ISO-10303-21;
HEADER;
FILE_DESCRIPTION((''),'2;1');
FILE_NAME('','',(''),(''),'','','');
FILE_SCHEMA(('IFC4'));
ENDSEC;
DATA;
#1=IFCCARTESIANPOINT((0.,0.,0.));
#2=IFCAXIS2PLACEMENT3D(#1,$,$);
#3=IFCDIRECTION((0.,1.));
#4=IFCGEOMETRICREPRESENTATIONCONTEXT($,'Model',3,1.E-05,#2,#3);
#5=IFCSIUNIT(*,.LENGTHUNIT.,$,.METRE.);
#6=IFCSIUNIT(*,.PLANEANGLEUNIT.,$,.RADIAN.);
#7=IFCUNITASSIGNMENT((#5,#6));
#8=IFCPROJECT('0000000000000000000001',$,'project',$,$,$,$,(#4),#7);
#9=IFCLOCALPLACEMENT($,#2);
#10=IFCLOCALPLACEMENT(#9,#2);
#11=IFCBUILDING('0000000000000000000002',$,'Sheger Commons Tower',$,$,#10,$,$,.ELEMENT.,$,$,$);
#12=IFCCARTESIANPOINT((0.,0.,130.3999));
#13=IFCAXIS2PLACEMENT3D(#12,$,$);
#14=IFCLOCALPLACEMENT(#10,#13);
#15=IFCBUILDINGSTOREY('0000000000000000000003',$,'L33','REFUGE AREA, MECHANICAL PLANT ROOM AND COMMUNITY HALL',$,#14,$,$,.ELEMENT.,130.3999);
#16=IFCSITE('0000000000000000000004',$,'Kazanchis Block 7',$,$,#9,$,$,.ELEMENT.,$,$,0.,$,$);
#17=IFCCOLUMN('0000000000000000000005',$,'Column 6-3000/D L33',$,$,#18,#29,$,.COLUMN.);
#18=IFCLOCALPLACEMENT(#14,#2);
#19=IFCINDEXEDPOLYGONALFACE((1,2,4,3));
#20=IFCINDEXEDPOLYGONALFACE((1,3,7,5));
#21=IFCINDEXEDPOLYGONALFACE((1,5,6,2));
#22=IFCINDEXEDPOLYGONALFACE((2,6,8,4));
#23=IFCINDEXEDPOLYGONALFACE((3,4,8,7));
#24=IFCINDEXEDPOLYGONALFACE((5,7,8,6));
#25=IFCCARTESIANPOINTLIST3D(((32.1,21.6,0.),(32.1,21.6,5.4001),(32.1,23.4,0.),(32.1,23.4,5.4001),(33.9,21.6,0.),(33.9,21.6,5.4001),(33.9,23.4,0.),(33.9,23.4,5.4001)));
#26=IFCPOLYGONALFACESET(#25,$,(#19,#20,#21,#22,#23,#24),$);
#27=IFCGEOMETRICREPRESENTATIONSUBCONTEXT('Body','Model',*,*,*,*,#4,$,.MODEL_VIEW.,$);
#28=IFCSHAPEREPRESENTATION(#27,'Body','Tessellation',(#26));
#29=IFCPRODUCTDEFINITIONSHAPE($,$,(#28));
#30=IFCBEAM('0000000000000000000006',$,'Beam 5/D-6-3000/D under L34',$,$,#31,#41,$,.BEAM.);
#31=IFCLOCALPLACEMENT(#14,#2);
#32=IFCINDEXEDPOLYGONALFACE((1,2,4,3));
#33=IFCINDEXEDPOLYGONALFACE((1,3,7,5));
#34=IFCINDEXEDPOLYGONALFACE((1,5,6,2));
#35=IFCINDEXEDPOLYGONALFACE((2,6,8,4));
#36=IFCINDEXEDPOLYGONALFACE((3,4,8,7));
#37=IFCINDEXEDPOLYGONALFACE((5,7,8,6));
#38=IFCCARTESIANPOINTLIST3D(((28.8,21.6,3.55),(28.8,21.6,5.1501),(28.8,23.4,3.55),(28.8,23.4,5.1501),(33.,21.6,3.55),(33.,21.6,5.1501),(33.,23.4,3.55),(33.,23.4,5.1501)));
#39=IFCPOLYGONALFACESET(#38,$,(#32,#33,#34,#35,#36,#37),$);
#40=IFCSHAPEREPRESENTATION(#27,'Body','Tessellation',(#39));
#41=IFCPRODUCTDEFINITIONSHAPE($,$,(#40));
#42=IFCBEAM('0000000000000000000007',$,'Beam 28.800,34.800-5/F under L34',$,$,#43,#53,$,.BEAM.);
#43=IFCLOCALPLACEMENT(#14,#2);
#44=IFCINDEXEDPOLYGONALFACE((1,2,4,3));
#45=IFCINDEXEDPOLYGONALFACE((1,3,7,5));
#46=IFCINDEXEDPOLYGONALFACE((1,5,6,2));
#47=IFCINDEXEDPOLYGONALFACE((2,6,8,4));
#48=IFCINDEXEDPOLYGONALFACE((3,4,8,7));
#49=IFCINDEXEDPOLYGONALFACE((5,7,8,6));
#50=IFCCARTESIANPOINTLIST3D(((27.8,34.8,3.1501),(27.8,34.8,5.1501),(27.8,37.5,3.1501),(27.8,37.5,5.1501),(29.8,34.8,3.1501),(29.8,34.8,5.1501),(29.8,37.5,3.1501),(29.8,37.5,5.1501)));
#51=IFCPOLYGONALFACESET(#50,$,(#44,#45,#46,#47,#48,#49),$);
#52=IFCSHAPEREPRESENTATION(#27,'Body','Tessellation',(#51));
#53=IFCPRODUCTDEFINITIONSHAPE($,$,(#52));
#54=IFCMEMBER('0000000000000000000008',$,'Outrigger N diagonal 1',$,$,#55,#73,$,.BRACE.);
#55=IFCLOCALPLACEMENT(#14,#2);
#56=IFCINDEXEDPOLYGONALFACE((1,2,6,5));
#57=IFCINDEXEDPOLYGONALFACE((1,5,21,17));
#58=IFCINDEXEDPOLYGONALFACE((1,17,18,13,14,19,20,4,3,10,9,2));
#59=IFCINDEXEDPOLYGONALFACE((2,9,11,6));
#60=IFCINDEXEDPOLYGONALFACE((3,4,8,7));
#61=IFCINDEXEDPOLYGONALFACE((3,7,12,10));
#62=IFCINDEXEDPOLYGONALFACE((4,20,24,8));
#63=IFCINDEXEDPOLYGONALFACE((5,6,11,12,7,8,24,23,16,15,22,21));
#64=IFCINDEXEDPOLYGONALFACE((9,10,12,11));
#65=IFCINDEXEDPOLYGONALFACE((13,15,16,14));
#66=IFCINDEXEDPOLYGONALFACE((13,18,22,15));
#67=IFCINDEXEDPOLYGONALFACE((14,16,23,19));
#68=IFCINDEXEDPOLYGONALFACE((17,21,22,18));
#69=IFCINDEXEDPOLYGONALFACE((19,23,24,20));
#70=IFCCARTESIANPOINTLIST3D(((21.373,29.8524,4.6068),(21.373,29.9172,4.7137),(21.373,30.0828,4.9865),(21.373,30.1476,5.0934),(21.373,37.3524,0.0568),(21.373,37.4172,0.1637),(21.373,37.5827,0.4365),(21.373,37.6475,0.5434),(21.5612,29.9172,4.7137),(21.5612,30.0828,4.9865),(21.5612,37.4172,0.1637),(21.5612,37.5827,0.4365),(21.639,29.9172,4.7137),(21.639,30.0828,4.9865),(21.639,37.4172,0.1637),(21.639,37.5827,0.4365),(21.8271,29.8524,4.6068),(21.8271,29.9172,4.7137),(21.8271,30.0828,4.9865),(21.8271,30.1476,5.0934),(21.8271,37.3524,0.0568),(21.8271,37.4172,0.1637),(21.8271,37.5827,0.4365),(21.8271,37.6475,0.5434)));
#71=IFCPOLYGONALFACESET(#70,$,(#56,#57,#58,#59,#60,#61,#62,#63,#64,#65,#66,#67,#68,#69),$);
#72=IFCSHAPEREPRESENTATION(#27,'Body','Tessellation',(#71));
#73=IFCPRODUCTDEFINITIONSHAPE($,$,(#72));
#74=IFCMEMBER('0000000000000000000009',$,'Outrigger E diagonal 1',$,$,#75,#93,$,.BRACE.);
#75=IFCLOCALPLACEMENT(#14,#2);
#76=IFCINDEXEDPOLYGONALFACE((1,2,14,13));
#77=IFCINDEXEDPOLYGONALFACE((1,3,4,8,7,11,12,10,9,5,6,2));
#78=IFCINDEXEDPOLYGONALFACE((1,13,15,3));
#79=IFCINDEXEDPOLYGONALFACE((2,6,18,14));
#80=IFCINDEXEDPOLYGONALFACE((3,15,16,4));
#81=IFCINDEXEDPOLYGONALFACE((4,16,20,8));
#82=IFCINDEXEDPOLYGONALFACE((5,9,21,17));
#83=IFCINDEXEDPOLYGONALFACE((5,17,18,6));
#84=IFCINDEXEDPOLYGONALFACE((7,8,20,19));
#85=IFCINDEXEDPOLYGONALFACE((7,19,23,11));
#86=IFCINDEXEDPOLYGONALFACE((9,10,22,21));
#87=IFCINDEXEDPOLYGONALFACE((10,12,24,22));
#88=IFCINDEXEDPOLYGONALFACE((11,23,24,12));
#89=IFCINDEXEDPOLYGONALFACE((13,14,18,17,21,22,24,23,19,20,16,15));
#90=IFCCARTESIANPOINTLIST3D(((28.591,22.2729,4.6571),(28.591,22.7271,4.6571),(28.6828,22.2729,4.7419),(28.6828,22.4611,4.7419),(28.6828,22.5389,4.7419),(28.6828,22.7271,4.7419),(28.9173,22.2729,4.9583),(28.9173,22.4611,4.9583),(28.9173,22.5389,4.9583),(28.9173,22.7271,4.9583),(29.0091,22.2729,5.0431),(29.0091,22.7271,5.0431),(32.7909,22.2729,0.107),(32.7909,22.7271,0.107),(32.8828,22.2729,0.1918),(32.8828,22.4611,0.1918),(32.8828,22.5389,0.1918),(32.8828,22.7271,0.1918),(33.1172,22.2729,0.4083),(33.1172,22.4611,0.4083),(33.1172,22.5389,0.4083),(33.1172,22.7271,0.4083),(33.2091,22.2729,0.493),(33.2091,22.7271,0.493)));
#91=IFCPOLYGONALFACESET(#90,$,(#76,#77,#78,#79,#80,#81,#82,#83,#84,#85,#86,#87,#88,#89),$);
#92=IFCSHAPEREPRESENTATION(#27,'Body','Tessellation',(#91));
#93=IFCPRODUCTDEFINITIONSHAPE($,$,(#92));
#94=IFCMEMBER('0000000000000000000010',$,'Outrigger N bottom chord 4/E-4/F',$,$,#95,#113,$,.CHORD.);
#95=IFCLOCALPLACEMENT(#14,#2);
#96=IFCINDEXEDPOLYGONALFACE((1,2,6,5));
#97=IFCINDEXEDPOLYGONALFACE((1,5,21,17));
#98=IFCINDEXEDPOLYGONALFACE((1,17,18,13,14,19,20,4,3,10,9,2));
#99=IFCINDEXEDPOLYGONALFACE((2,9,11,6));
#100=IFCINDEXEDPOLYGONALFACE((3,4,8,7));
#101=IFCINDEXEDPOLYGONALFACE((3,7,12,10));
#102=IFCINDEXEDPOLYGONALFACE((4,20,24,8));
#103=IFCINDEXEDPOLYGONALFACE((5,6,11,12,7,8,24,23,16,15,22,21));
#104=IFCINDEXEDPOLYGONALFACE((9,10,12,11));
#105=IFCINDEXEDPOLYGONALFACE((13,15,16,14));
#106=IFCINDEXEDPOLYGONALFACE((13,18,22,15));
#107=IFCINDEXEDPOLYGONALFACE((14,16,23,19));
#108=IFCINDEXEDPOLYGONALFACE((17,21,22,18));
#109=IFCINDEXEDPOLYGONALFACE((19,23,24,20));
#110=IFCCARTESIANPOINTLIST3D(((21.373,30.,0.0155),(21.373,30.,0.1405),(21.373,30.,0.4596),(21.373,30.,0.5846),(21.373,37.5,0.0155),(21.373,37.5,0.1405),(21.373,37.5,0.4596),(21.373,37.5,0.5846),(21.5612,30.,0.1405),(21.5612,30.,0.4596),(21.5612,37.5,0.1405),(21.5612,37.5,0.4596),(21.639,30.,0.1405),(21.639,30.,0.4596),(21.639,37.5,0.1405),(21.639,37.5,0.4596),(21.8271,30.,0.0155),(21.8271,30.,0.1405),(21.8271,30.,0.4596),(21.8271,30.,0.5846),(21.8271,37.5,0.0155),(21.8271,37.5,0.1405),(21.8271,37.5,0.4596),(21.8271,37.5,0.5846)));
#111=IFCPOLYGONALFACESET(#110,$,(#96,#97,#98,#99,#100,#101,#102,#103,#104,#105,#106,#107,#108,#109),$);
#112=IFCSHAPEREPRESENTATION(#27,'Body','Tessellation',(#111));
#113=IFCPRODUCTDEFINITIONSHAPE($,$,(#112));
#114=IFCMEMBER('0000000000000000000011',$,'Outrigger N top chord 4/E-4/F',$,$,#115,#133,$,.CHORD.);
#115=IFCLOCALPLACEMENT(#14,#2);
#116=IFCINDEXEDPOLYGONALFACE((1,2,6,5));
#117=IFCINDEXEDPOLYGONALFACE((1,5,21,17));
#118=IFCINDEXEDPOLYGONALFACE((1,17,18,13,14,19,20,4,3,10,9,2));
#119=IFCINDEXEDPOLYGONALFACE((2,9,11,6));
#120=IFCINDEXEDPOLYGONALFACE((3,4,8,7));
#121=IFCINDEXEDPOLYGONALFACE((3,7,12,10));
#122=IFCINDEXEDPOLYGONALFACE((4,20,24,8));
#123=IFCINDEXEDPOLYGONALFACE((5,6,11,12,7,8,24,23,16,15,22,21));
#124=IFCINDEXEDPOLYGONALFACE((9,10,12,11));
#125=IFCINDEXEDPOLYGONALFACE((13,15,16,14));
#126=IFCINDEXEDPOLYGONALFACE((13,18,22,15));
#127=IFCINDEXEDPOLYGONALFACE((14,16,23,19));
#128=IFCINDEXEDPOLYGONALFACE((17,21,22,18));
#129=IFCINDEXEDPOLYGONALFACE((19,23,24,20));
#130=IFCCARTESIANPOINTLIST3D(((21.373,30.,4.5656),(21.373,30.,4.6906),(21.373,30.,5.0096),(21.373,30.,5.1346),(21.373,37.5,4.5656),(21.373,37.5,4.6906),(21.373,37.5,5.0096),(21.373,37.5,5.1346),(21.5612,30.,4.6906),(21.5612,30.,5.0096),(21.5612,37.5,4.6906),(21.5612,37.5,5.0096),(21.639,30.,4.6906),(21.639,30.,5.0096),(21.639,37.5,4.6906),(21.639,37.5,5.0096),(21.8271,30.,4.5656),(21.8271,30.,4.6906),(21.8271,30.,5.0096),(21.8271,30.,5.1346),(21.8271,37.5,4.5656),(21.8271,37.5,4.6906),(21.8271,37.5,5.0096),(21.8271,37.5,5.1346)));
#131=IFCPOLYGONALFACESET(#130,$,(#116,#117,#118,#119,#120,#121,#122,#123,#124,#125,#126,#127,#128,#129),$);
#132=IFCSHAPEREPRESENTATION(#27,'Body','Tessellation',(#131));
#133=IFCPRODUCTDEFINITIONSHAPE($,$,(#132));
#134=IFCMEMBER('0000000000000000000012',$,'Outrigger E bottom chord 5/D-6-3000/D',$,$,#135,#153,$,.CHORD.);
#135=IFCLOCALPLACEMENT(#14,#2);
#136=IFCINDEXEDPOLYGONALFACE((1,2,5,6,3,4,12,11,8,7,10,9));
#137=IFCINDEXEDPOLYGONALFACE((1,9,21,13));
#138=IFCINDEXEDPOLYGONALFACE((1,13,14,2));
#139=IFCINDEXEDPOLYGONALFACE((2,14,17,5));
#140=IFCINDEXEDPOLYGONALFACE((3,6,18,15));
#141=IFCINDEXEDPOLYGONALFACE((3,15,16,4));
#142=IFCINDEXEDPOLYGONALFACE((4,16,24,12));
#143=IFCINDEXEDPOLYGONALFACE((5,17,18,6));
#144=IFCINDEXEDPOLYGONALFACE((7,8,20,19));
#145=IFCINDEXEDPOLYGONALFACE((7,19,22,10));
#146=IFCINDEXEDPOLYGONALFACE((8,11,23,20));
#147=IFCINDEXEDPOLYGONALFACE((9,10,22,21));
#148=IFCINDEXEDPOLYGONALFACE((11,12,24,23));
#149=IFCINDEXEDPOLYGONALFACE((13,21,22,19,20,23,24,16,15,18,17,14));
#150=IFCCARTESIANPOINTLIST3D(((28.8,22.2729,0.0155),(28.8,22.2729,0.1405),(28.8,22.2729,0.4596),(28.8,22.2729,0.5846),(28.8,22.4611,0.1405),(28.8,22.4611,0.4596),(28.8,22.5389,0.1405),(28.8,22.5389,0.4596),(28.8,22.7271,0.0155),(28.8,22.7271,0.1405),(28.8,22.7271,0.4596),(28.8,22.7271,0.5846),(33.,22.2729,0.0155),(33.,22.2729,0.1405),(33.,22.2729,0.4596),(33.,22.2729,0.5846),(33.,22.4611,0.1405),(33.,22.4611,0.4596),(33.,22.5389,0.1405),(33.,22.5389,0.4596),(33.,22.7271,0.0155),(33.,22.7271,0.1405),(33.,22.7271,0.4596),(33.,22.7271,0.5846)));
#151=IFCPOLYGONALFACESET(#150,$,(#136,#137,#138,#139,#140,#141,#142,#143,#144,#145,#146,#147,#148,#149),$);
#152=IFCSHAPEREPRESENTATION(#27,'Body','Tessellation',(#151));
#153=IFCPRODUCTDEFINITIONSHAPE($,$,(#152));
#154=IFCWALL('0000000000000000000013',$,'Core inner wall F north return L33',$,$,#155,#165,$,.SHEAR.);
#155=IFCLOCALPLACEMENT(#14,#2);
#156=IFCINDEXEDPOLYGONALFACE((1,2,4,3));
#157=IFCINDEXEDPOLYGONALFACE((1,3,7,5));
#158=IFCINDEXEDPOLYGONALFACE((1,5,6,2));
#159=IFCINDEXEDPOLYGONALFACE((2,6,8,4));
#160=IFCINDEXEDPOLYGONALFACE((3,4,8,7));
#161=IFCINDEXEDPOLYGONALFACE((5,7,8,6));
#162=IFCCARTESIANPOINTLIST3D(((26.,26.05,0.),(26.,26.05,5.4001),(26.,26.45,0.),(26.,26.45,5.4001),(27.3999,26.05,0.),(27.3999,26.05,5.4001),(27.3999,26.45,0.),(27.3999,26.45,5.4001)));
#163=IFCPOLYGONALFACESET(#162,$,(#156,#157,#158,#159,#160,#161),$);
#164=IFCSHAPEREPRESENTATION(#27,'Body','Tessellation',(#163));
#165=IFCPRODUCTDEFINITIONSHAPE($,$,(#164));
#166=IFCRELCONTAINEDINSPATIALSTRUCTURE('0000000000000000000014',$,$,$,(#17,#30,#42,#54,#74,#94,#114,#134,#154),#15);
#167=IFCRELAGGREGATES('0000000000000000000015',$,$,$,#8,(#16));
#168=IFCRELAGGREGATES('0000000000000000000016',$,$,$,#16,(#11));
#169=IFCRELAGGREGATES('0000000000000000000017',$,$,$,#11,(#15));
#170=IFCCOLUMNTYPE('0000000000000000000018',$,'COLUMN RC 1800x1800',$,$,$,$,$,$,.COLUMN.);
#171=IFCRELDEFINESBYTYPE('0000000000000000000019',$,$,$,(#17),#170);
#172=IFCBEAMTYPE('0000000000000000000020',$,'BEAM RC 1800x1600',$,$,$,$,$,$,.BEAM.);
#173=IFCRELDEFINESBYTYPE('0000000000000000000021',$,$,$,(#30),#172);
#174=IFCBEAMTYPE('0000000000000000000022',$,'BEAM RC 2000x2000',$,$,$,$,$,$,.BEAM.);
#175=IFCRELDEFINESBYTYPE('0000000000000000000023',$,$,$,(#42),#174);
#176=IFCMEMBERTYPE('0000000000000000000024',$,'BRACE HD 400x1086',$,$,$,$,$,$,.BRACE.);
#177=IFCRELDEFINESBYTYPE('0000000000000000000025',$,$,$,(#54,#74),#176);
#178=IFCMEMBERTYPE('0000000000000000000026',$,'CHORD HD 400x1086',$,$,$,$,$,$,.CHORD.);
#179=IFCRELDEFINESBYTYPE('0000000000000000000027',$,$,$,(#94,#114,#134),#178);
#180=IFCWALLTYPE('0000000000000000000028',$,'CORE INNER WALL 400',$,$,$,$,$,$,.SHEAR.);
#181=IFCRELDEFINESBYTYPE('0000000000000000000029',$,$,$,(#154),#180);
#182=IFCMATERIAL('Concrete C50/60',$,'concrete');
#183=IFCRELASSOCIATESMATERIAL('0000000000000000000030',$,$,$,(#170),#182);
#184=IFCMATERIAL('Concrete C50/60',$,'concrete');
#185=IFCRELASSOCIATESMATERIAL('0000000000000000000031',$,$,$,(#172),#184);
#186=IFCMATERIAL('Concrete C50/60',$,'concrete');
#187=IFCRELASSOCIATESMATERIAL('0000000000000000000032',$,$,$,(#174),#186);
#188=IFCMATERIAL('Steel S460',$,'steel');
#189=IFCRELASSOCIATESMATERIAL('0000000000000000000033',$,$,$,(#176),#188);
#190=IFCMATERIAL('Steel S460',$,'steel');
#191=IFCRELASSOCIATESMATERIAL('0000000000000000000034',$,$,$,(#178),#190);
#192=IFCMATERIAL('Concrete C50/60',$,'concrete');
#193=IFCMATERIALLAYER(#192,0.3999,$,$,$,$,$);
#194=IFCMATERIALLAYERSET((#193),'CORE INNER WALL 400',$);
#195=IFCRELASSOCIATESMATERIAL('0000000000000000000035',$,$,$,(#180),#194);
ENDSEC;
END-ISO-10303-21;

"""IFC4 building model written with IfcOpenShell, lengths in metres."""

from ifc_helpers import new_model, si_unit, direction, frame, frame_2d, origin, origin_2d, place, context, subcontext, project, spatial, rectangle, i_section, extrude, material, layer, layer_set, material_profile, profile_set, type_object, element, save


model = new_model("IFC4")

# Units and contexts
model_context = context("Model", 3, precision=1e-05, world=origin(), true_north=direction((0.0, 1.0)))
body_context = subcontext(model_context, "Body", "Model", "MODEL_VIEW")
ifc_project = project(units=[si_unit("LENGTHUNIT", "METRE"), si_unit("PLANEANGLEUNIT", "RADIAN")], contexts=[model_context])

# Site, building, storey
site_placement = place(None, origin())
site = spatial("IfcSite", under=ifc_project, at=site_placement, Name="Kazanchis Block 7", CompositionType="ELEMENT", RefElevation=0.0)
building_placement = place(site_placement, origin())
building = spatial("IfcBuilding", under=site, at=building_placement, Name="Sheger Commons Tower", CompositionType="ELEMENT")
storey_placement = place(building_placement, frame((0.0, 0.0, 130.3999)))
storey = spatial("IfcBuildingStorey", under=building, at=storey_placement, Name="L33", Description="REFUGE AREA, MECHANICAL PLANT ROOM AND COMMUNITY HALL", CompositionType="ELEMENT", Elevation=130.3999)

# Column
ifc_material_1 = material(Name="Concrete C50/60", Category="concrete")
ifc_material_profile_1 = material_profile(ifc_material_1, rectangle(XDim=1.8, YDim=1.8, at=origin_2d()), Name="RC 1800x1800")
ifc_profile_set_1 = profile_set([ifc_material_profile_1], Name="Concrete C50/60")
column_type = type_object("IfcColumnType", Name="COLUMN RC 1800x1800", PredefinedType="COLUMN", material=ifc_profile_set_1)
column_placement = place(storey_placement, frame((33.0, 22.5, 0.0), z_axis=(0.0, 0.0, 1.0), x_axis=(1.0, 0.0, 0.0)))
element("IfcColumn", 1, at=column_placement, inside=storey, type_object=column_type, Name="Column 6-3000/D L33", PredefinedType="COLUMN", context=body_context, shape_type="SweptSolid", body=[
    extrude(rectangle(XDim=1.8, YDim=1.8, at=origin_2d()), origin(), (0.0, 0.0, 1.0), 5.4001),
])

# Beams
ifc_material_2 = material(Name="Concrete C50/60", Category="concrete")
ifc_material_profile_2 = material_profile(ifc_material_2, rectangle(XDim=1.8, YDim=1.6001, at=origin_2d()), Name="RC 1800x1600")
ifc_profile_set_2 = profile_set([ifc_material_profile_2], Name="Concrete C50/60")
beam_type_1 = type_object("IfcBeamType", Name="BEAM RC 1800x1600", PredefinedType="BEAM", material=ifc_profile_set_2)
beam_1_placement = place(storey_placement, frame((28.8, 22.5, 4.3501), z_axis=(1.0, 0.0, 0.0), x_axis=(0.0, 1.0, 0.0)))
element("IfcBeam", 2, at=beam_1_placement, inside=storey, type_object=beam_type_1, Name="Beam 5/D-6-3000/D under L34", PredefinedType="BEAM", context=body_context, shape_type="SweptSolid", body=[
    extrude(rectangle(XDim=1.8, YDim=1.6001, at=origin_2d()), origin(), (0.0, 0.0, 1.0), 4.2),
])
ifc_material_3 = material(Name="Concrete C50/60", Category="concrete")
ifc_material_profile_3 = material_profile(ifc_material_3, rectangle(XDim=2.0, YDim=2.0, at=origin_2d()), Name="RC 2000x2000")
ifc_profile_set_3 = profile_set([ifc_material_profile_3], Name="Concrete C50/60")
beam_type_2 = type_object("IfcBeamType", Name="BEAM RC 2000x2000", PredefinedType="BEAM", material=ifc_profile_set_3)
beam_2_placement = place(storey_placement, frame((28.8, 34.8, 4.1501), z_axis=(0.0, 1.0, 0.0), x_axis=(-1.0, 0.0, 0.0)))
element("IfcBeam", 3, at=beam_2_placement, inside=storey, type_object=beam_type_2, Name="Beam 28.800,34.800-5/F under L34", PredefinedType="BEAM", context=body_context, shape_type="SweptSolid", body=[
    extrude(rectangle(XDim=2.0, YDim=2.0, at=origin_2d()), origin(), (0.0, 0.0, 1.0), 2.7),
])

# Members
ifc_material_4 = material(Name="Steel S460", Category="steel")
ifc_material_profile_4 = material_profile(ifc_material_4, i_section(OverallWidth=0.4541, OverallDepth=0.5691, WebThickness=0.0779, FlangeThickness=0.125, at=origin_2d()), Name="HD 400x1086")
ifc_profile_set_4 = profile_set([ifc_material_profile_4], Name="Steel S460")
member_type_1 = type_object("IfcMemberType", Name="BRACE HD 400x1086", PredefinedType="BRACE", material=ifc_profile_set_4)
member_1_placement = place(storey_placement, frame((21.6001, 30.0, 4.8501), z_axis=(0.0, 0.854966, -0.518685), x_axis=(-1.0, 0.0, 0.0)))
element("IfcMember", 4, at=member_1_placement, inside=storey, type_object=member_type_1, Name="Outrigger N diagonal 1", PredefinedType="BRACE", context=body_context, shape_type="SweptSolid", body=[
    extrude(i_section(OverallWidth=0.4541, OverallDepth=0.5691, WebThickness=0.0779, FlangeThickness=0.125, at=origin_2d()), origin(), (0.0, 0.0, 1.0), 8.7722),
])
member_2_placement = place(storey_placement, frame((28.8, 22.5, 4.8501), z_axis=(0.678272, 0.0, -0.734811), x_axis=(0.0, 1.0, 0.0)))
element("IfcMember", 5, at=member_2_placement, inside=storey, type_object=member_type_1, Name="Outrigger E diagonal 1", PredefinedType="BRACE", context=body_context, shape_type="SweptSolid", body=[
    extrude(i_section(OverallWidth=0.4541, OverallDepth=0.5691, WebThickness=0.0779, FlangeThickness=0.125, at=origin_2d()), origin(), (0.0, 0.0, 1.0), 6.1921),
])
ifc_material_5 = material(Name="Steel S460", Category="steel")
ifc_material_profile_5 = material_profile(ifc_material_5, i_section(OverallWidth=0.4541, OverallDepth=0.5691, WebThickness=0.0779, FlangeThickness=0.125, at=origin_2d()), Name="HD 400x1086")
ifc_profile_set_5 = profile_set([ifc_material_profile_5], Name="Steel S460")
member_type_2 = type_object("IfcMemberType", Name="CHORD HD 400x1086", PredefinedType="CHORD", material=ifc_profile_set_5)
for number, where, z_axis, x_axis, name in (
    (6, (21.6001, 30.0, 0.3), (0.0, 1.0, 0.0), (-1.0, 0.0, 0.0), "Outrigger N bottom chord 4/E-4/F"),
    (7, (21.6001, 30.0, 4.8501), (0.0, 1.0, 0.0), (-1.0, 0.0, 0.0), "Outrigger N top chord 4/E-4/F"),
):
    element("IfcMember", number, at=place(storey_placement, frame(where, z_axis=z_axis, x_axis=x_axis)), inside=storey, type_object=member_type_2, Name=name, PredefinedType="CHORD", context=body_context, shape_type="SweptSolid", body=[
        extrude(i_section(OverallWidth=0.4541, OverallDepth=0.5691, WebThickness=0.0779, FlangeThickness=0.125, at=origin_2d()), origin(), (0.0, 0.0, 1.0), 7.5),
    ])
member_3_placement = place(storey_placement, frame((28.8, 22.5, 0.3), z_axis=(1.0, 0.0, 0.0), x_axis=(0.0, 1.0, 0.0)))
element("IfcMember", 8, at=member_3_placement, inside=storey, type_object=member_type_2, Name="Outrigger E bottom chord 5/D-6-3000/D", PredefinedType="CHORD", context=body_context, shape_type="SweptSolid", body=[
    extrude(i_section(OverallWidth=0.4541, OverallDepth=0.5691, WebThickness=0.0779, FlangeThickness=0.125, at=origin_2d()), origin(), (0.0, 0.0, 1.0), 4.2),
])

# Wall
ifc_material_6 = material(Name="Concrete C50/60", Category="concrete")
ifc_layer_1 = layer(ifc_material_6, 0.3999)
ifc_layer_set_1 = layer_set([ifc_layer_1], Name="CORE INNER WALL 400")
wall_type_1 = type_object("IfcWallType", Name="CORE INNER WALL 400", PredefinedType="SHEAR", material=ifc_layer_set_1)
wall_1_placement = place(storey_placement, frame((26.0, 26.25, 0.0), z_axis=(0.0, 0.0, 1.0), x_axis=(1.0, 0.0, 0.0)))
element("IfcWall", 9, at=wall_1_placement, inside=storey, type_object=wall_type_1, Name="Core inner wall F north return L33", PredefinedType="SHEAR", context=body_context, shape_type="SweptSolid", body=[
    extrude(rectangle(XDim=1.3999, YDim=0.3999, at=frame_2d((0.7, 0.0))), origin(), (0.0, 0.0, 1.0), 5.4001),
])

save(model, "model.ifc")
